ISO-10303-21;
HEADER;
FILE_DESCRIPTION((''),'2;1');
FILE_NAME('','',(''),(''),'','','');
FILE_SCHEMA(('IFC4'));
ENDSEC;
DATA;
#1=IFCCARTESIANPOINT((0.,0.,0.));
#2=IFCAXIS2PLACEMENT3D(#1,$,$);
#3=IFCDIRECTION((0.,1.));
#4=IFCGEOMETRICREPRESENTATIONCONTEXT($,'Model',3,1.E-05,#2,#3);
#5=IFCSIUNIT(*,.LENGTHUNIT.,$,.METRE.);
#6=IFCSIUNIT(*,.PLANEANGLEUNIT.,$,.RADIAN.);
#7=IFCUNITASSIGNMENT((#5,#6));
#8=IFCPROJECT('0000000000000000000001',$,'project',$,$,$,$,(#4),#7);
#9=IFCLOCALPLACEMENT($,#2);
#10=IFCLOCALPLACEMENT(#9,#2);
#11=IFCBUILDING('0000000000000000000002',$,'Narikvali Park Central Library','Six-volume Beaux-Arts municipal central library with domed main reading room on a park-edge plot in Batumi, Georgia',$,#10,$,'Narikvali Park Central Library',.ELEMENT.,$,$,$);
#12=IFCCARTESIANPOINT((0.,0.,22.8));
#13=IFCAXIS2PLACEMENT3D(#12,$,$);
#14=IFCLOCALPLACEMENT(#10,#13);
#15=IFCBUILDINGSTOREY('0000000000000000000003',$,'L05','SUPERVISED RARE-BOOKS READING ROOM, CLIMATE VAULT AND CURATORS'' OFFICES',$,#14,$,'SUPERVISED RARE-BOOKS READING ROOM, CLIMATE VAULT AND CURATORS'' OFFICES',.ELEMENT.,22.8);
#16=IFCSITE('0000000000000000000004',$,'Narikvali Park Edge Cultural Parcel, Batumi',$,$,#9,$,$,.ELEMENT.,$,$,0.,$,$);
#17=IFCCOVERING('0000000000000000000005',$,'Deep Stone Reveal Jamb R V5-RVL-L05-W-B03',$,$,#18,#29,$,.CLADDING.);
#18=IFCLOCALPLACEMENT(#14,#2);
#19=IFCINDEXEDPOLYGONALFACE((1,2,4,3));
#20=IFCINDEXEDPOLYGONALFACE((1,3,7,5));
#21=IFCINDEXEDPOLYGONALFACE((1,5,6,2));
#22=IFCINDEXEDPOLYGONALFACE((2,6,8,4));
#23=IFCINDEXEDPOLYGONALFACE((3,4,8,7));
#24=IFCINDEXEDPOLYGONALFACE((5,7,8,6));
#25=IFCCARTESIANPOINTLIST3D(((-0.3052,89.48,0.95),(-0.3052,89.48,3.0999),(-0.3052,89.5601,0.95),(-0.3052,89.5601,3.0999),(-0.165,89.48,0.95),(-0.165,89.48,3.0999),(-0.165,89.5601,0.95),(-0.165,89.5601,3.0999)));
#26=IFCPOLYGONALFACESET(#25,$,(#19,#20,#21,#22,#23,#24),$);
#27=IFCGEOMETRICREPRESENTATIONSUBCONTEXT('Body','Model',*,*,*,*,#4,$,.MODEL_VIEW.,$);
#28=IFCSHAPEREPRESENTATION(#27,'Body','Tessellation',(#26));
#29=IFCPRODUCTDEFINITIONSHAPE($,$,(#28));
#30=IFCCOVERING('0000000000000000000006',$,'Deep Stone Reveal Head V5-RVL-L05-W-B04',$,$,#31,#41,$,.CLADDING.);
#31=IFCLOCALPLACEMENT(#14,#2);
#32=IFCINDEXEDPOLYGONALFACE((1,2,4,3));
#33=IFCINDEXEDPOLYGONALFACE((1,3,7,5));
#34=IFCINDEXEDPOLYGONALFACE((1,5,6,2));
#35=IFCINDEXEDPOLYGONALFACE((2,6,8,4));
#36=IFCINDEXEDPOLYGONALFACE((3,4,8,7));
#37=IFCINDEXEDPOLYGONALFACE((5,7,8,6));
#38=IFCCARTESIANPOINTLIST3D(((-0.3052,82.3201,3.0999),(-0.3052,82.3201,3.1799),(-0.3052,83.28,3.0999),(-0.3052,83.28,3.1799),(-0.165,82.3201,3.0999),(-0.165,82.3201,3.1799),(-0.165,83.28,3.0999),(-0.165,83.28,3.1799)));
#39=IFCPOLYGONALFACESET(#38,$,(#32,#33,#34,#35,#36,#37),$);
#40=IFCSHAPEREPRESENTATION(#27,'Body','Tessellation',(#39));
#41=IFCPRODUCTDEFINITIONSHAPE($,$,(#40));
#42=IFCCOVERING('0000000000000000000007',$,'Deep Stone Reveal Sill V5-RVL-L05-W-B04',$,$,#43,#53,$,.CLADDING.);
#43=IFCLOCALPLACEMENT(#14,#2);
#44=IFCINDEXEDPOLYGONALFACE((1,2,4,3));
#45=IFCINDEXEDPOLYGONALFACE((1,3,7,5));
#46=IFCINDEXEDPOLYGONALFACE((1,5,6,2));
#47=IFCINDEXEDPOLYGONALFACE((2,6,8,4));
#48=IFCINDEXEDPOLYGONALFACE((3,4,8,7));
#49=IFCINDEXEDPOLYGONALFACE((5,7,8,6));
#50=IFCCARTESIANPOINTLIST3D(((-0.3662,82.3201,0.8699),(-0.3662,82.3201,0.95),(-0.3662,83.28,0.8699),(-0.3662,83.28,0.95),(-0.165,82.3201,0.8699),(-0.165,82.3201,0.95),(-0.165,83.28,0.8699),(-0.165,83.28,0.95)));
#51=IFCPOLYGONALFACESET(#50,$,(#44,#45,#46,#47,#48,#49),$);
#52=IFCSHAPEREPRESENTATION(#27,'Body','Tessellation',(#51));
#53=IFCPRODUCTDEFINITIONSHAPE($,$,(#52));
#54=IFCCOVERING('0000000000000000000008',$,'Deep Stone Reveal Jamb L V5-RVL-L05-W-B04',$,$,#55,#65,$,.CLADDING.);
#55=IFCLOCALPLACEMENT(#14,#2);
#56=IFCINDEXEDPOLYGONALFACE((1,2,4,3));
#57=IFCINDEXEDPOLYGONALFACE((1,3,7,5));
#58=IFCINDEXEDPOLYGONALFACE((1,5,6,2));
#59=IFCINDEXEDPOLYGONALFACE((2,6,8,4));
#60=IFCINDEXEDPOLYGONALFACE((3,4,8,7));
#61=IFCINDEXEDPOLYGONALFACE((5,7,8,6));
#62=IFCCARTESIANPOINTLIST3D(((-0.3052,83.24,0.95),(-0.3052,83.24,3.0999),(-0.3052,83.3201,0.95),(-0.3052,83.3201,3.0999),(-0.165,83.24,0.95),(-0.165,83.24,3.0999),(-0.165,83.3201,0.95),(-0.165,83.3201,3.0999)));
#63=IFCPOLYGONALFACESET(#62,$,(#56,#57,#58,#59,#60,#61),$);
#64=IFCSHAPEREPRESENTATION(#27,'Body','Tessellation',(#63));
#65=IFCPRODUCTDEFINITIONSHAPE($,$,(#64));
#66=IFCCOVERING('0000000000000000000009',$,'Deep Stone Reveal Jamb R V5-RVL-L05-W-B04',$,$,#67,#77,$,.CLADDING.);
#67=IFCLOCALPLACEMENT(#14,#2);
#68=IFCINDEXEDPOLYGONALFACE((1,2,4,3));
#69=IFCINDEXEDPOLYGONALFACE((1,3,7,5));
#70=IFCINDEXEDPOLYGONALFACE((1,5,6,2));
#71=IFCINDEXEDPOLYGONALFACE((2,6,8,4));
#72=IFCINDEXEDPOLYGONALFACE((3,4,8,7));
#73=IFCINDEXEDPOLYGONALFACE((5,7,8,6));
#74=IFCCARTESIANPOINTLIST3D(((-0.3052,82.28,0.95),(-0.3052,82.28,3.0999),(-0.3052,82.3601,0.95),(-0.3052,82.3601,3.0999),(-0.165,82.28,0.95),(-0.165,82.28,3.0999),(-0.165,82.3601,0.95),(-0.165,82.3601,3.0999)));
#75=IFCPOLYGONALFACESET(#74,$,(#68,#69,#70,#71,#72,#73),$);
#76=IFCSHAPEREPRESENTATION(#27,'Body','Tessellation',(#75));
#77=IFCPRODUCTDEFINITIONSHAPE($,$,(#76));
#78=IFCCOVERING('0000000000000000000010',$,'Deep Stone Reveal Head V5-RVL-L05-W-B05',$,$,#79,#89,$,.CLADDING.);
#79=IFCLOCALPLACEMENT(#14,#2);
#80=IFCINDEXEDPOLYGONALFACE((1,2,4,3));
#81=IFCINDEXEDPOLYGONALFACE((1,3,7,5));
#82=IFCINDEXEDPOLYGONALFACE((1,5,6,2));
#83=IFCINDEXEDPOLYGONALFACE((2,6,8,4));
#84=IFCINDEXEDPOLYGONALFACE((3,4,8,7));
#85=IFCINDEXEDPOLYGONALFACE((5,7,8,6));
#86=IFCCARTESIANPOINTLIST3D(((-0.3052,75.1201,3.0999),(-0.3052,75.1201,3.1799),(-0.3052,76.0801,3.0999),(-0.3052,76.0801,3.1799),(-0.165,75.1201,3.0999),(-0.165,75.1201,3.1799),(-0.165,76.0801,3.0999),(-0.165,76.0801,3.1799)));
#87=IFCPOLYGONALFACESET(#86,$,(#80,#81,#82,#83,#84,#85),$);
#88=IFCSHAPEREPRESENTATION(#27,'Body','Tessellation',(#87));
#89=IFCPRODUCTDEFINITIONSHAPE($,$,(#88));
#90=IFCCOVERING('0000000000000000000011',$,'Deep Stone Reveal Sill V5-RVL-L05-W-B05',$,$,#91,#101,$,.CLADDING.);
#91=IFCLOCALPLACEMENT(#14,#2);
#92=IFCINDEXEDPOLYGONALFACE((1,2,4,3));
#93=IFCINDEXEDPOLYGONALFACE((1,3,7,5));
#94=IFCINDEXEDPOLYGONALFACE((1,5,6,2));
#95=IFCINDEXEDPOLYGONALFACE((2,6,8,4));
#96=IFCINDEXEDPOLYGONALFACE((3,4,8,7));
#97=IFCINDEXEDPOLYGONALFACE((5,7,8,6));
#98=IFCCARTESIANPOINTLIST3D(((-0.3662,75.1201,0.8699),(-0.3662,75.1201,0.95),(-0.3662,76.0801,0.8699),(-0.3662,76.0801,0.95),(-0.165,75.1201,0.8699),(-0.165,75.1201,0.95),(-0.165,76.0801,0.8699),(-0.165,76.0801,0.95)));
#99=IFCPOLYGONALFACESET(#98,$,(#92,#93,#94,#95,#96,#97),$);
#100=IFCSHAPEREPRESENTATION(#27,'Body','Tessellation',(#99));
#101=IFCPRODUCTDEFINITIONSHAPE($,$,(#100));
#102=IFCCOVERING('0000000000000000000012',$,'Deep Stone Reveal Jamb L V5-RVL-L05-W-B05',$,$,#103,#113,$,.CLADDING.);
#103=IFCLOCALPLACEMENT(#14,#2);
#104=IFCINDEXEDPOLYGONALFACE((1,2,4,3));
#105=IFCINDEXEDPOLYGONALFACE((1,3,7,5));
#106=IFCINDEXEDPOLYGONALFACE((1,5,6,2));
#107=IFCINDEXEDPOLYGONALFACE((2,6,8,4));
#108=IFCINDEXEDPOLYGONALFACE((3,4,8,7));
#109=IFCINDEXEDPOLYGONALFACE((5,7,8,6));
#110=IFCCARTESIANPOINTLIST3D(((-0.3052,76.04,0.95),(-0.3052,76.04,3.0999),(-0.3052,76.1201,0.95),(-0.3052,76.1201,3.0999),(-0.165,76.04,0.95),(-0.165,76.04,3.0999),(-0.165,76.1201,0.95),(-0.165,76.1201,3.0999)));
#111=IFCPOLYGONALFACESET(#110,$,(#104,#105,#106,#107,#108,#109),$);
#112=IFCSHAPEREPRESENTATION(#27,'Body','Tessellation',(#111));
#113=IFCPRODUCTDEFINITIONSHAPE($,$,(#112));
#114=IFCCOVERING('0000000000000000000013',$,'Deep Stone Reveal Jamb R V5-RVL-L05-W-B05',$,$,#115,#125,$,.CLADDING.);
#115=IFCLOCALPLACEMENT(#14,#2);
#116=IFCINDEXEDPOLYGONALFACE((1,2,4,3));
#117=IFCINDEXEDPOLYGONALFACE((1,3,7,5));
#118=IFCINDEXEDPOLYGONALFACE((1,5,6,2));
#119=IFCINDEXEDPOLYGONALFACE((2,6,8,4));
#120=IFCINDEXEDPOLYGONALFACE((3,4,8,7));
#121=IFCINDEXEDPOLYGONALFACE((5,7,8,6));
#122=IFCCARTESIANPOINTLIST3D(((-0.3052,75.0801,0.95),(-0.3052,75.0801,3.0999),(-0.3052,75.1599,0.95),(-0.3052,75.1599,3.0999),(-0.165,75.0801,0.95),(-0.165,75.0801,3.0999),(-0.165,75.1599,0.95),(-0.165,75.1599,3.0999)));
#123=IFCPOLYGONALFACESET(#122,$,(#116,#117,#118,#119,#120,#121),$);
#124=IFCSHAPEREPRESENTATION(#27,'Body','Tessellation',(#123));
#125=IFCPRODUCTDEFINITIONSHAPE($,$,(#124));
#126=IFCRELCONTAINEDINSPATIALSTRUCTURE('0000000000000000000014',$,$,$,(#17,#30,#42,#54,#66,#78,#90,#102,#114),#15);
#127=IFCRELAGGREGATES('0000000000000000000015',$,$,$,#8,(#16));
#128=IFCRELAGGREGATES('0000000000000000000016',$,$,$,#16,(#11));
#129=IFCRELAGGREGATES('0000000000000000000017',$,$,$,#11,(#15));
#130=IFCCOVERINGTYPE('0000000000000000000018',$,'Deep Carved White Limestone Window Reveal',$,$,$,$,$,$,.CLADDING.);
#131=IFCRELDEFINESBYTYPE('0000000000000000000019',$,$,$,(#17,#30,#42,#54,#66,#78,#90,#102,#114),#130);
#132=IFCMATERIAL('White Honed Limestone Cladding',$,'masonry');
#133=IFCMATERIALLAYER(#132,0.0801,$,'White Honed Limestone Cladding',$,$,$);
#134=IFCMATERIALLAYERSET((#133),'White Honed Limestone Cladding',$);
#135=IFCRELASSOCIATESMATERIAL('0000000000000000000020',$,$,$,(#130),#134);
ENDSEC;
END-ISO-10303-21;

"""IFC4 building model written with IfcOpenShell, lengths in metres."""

from ifc_helpers import new_model, si_unit, direction, frame, origin, place, context, subcontext, project, spatial, polyline, outline, extrude, material, layer, layer_set, type_object, element, save


model = new_model("IFC4")

# Units and contexts
model_context = context("Model", 3, precision=1e-05, world=origin(), true_north=direction((0.0, 1.0)))
body_context = subcontext(model_context, "Body", "Model", "MODEL_VIEW")
ifc_project = project(units=[si_unit("LENGTHUNIT", "METRE"), si_unit("PLANEANGLEUNIT", "RADIAN")], contexts=[model_context])

# Site, building, storey
site_placement = place(None, origin())
site = spatial("IfcSite", under=ifc_project, at=site_placement, Name="Narikvali Park Edge Cultural Parcel, Batumi", CompositionType="ELEMENT", RefElevation=0.0)
building_placement = place(site_placement, origin())
building = spatial("IfcBuilding", under=site, at=building_placement, Name="Narikvali Park Central Library", Description="Six-volume Beaux-Arts municipal central library with domed main reading room on a park-edge plot in Batumi, Georgia", LongName="Narikvali Park Central Library", CompositionType="ELEMENT")
storey_placement = place(building_placement, frame((0.0, 0.0, 22.8)))
storey = spatial("IfcBuildingStorey", under=building, at=storey_placement, Name="L05", Description="SUPERVISED RARE-BOOKS READING ROOM, CLIMATE VAULT AND CURATORS' OFFICES", LongName="SUPERVISED RARE-BOOKS READING ROOM, CLIMATE VAULT AND CURATORS' OFFICES", CompositionType="ELEMENT", Elevation=22.8)

# Coverings
ifc_material = material(Name="White Honed Limestone Cladding", Category="masonry")
ifc_layer = layer(ifc_material, 0.0801, Name="White Honed Limestone Cladding")
ifc_layer_set = layer_set([ifc_layer], Name="White Honed Limestone Cladding")
covering_type = type_object("IfcCoveringType", Name="Deep Carved White Limestone Window Reveal", PredefinedType="CLADDING", material=ifc_layer_set)
covering_1_placement = place(storey_placement, frame((0.0, 0.0, 0.95)))
element("IfcCovering", 1, at=covering_1_placement, inside=storey, type_object=covering_type, Name="Deep Stone Reveal Jamb R V5-RVL-L05-W-B03", PredefinedType="CLADDING", context=body_context, shape_type="SweptSolid", body=[
    extrude(outline(polyline([(-0.165, 89.5601), (-0.165, 89.48), (-0.3052, 89.48), (-0.3052, 89.5601), (-0.165, 89.5601)])), origin(), (0.0, 0.0, 1.0), 2.1499),
])
covering_2_placement = place(storey_placement, frame((0.0, 0.0, 3.0999)))
element("IfcCovering", 2, at=covering_2_placement, inside=storey, type_object=covering_type, Name="Deep Stone Reveal Head V5-RVL-L05-W-B04", PredefinedType="CLADDING", context=body_context, shape_type="SweptSolid", body=[
    extrude(outline(polyline([(-0.165, 83.28), (-0.165, 82.3201), (-0.3052, 82.3201), (-0.3052, 83.28), (-0.165, 83.28)])), origin(), (0.0, 0.0, 1.0), 0.0801),
])
covering_3_placement = place(storey_placement, frame((0.0, 0.0, 0.8699)))
element("IfcCovering", 3, at=covering_3_placement, inside=storey, type_object=covering_type, Name="Deep Stone Reveal Sill V5-RVL-L05-W-B04", PredefinedType="CLADDING", context=body_context, shape_type="SweptSolid", body=[
    extrude(outline(polyline([(-0.165, 83.28), (-0.165, 82.3201), (-0.3662, 82.3201), (-0.3662, 83.28), (-0.165, 83.28)])), origin(), (0.0, 0.0, 1.0), 0.0801),
])
covering_4_placement = place(storey_placement, frame((0.0, 0.0, 0.95)))
element("IfcCovering", 4, at=covering_4_placement, inside=storey, type_object=covering_type, Name="Deep Stone Reveal Jamb L V5-RVL-L05-W-B04", PredefinedType="CLADDING", context=body_context, shape_type="SweptSolid", body=[
    extrude(outline(polyline([(-0.165, 83.3201), (-0.165, 83.24), (-0.3052, 83.24), (-0.3052, 83.3201), (-0.165, 83.3201)])), origin(), (0.0, 0.0, 1.0), 2.1499),
])
covering_5_placement = place(storey_placement, frame((0.0, 0.0, 0.95)))
element("IfcCovering", 5, at=covering_5_placement, inside=storey, type_object=covering_type, Name="Deep Stone Reveal Jamb R V5-RVL-L05-W-B04", PredefinedType="CLADDING", context=body_context, shape_type="SweptSolid", body=[
    extrude(outline(polyline([(-0.165, 82.3601), (-0.165, 82.28), (-0.3052, 82.28), (-0.3052, 82.3601), (-0.165, 82.3601)])), origin(), (0.0, 0.0, 1.0), 2.1499),
])
covering_6_placement = place(storey_placement, frame((0.0, 0.0, 3.0999)))
element("IfcCovering", 6, at=covering_6_placement, inside=storey, type_object=covering_type, Name="Deep Stone Reveal Head V5-RVL-L05-W-B05", PredefinedType="CLADDING", context=body_context, shape_type="SweptSolid", body=[
    extrude(outline(polyline([(-0.165, 76.0801), (-0.165, 75.1201), (-0.3052, 75.1201), (-0.3052, 76.0801), (-0.165, 76.0801)])), origin(), (0.0, 0.0, 1.0), 0.0801),
])
covering_7_placement = place(storey_placement, frame((0.0, 0.0, 0.8699)))
element("IfcCovering", 7, at=covering_7_placement, inside=storey, type_object=covering_type, Name="Deep Stone Reveal Sill V5-RVL-L05-W-B05", PredefinedType="CLADDING", context=body_context, shape_type="SweptSolid", body=[
    extrude(outline(polyline([(-0.165, 76.0801), (-0.165, 75.1201), (-0.3662, 75.1201), (-0.3662, 76.0801), (-0.165, 76.0801)])), origin(), (0.0, 0.0, 1.0), 0.0801),
])
covering_8_placement = place(storey_placement, frame((0.0, 0.0, 0.95)))
element("IfcCovering", 8, at=covering_8_placement, inside=storey, type_object=covering_type, Name="Deep Stone Reveal Jamb L V5-RVL-L05-W-B05", PredefinedType="CLADDING", context=body_context, shape_type="SweptSolid", body=[
    extrude(outline(polyline([(-0.165, 76.1201), (-0.165, 76.04), (-0.3052, 76.04), (-0.3052, 76.1201), (-0.165, 76.1201)])), origin(), (0.0, 0.0, 1.0), 2.1499),
])
covering_9_placement = place(storey_placement, frame((0.0, 0.0, 0.95)))
element("IfcCovering", 9, at=covering_9_placement, inside=storey, type_object=covering_type, Name="Deep Stone Reveal Jamb R V5-RVL-L05-W-B05", PredefinedType="CLADDING", context=body_context, shape_type="SweptSolid", body=[
    extrude(outline(polyline([(-0.165, 75.1599), (-0.165, 75.0801), (-0.3052, 75.0801), (-0.3052, 75.1599), (-0.165, 75.1599)])), origin(), (0.0, 0.0, 1.0), 2.1499),
])

save(model, "model.ifc")
